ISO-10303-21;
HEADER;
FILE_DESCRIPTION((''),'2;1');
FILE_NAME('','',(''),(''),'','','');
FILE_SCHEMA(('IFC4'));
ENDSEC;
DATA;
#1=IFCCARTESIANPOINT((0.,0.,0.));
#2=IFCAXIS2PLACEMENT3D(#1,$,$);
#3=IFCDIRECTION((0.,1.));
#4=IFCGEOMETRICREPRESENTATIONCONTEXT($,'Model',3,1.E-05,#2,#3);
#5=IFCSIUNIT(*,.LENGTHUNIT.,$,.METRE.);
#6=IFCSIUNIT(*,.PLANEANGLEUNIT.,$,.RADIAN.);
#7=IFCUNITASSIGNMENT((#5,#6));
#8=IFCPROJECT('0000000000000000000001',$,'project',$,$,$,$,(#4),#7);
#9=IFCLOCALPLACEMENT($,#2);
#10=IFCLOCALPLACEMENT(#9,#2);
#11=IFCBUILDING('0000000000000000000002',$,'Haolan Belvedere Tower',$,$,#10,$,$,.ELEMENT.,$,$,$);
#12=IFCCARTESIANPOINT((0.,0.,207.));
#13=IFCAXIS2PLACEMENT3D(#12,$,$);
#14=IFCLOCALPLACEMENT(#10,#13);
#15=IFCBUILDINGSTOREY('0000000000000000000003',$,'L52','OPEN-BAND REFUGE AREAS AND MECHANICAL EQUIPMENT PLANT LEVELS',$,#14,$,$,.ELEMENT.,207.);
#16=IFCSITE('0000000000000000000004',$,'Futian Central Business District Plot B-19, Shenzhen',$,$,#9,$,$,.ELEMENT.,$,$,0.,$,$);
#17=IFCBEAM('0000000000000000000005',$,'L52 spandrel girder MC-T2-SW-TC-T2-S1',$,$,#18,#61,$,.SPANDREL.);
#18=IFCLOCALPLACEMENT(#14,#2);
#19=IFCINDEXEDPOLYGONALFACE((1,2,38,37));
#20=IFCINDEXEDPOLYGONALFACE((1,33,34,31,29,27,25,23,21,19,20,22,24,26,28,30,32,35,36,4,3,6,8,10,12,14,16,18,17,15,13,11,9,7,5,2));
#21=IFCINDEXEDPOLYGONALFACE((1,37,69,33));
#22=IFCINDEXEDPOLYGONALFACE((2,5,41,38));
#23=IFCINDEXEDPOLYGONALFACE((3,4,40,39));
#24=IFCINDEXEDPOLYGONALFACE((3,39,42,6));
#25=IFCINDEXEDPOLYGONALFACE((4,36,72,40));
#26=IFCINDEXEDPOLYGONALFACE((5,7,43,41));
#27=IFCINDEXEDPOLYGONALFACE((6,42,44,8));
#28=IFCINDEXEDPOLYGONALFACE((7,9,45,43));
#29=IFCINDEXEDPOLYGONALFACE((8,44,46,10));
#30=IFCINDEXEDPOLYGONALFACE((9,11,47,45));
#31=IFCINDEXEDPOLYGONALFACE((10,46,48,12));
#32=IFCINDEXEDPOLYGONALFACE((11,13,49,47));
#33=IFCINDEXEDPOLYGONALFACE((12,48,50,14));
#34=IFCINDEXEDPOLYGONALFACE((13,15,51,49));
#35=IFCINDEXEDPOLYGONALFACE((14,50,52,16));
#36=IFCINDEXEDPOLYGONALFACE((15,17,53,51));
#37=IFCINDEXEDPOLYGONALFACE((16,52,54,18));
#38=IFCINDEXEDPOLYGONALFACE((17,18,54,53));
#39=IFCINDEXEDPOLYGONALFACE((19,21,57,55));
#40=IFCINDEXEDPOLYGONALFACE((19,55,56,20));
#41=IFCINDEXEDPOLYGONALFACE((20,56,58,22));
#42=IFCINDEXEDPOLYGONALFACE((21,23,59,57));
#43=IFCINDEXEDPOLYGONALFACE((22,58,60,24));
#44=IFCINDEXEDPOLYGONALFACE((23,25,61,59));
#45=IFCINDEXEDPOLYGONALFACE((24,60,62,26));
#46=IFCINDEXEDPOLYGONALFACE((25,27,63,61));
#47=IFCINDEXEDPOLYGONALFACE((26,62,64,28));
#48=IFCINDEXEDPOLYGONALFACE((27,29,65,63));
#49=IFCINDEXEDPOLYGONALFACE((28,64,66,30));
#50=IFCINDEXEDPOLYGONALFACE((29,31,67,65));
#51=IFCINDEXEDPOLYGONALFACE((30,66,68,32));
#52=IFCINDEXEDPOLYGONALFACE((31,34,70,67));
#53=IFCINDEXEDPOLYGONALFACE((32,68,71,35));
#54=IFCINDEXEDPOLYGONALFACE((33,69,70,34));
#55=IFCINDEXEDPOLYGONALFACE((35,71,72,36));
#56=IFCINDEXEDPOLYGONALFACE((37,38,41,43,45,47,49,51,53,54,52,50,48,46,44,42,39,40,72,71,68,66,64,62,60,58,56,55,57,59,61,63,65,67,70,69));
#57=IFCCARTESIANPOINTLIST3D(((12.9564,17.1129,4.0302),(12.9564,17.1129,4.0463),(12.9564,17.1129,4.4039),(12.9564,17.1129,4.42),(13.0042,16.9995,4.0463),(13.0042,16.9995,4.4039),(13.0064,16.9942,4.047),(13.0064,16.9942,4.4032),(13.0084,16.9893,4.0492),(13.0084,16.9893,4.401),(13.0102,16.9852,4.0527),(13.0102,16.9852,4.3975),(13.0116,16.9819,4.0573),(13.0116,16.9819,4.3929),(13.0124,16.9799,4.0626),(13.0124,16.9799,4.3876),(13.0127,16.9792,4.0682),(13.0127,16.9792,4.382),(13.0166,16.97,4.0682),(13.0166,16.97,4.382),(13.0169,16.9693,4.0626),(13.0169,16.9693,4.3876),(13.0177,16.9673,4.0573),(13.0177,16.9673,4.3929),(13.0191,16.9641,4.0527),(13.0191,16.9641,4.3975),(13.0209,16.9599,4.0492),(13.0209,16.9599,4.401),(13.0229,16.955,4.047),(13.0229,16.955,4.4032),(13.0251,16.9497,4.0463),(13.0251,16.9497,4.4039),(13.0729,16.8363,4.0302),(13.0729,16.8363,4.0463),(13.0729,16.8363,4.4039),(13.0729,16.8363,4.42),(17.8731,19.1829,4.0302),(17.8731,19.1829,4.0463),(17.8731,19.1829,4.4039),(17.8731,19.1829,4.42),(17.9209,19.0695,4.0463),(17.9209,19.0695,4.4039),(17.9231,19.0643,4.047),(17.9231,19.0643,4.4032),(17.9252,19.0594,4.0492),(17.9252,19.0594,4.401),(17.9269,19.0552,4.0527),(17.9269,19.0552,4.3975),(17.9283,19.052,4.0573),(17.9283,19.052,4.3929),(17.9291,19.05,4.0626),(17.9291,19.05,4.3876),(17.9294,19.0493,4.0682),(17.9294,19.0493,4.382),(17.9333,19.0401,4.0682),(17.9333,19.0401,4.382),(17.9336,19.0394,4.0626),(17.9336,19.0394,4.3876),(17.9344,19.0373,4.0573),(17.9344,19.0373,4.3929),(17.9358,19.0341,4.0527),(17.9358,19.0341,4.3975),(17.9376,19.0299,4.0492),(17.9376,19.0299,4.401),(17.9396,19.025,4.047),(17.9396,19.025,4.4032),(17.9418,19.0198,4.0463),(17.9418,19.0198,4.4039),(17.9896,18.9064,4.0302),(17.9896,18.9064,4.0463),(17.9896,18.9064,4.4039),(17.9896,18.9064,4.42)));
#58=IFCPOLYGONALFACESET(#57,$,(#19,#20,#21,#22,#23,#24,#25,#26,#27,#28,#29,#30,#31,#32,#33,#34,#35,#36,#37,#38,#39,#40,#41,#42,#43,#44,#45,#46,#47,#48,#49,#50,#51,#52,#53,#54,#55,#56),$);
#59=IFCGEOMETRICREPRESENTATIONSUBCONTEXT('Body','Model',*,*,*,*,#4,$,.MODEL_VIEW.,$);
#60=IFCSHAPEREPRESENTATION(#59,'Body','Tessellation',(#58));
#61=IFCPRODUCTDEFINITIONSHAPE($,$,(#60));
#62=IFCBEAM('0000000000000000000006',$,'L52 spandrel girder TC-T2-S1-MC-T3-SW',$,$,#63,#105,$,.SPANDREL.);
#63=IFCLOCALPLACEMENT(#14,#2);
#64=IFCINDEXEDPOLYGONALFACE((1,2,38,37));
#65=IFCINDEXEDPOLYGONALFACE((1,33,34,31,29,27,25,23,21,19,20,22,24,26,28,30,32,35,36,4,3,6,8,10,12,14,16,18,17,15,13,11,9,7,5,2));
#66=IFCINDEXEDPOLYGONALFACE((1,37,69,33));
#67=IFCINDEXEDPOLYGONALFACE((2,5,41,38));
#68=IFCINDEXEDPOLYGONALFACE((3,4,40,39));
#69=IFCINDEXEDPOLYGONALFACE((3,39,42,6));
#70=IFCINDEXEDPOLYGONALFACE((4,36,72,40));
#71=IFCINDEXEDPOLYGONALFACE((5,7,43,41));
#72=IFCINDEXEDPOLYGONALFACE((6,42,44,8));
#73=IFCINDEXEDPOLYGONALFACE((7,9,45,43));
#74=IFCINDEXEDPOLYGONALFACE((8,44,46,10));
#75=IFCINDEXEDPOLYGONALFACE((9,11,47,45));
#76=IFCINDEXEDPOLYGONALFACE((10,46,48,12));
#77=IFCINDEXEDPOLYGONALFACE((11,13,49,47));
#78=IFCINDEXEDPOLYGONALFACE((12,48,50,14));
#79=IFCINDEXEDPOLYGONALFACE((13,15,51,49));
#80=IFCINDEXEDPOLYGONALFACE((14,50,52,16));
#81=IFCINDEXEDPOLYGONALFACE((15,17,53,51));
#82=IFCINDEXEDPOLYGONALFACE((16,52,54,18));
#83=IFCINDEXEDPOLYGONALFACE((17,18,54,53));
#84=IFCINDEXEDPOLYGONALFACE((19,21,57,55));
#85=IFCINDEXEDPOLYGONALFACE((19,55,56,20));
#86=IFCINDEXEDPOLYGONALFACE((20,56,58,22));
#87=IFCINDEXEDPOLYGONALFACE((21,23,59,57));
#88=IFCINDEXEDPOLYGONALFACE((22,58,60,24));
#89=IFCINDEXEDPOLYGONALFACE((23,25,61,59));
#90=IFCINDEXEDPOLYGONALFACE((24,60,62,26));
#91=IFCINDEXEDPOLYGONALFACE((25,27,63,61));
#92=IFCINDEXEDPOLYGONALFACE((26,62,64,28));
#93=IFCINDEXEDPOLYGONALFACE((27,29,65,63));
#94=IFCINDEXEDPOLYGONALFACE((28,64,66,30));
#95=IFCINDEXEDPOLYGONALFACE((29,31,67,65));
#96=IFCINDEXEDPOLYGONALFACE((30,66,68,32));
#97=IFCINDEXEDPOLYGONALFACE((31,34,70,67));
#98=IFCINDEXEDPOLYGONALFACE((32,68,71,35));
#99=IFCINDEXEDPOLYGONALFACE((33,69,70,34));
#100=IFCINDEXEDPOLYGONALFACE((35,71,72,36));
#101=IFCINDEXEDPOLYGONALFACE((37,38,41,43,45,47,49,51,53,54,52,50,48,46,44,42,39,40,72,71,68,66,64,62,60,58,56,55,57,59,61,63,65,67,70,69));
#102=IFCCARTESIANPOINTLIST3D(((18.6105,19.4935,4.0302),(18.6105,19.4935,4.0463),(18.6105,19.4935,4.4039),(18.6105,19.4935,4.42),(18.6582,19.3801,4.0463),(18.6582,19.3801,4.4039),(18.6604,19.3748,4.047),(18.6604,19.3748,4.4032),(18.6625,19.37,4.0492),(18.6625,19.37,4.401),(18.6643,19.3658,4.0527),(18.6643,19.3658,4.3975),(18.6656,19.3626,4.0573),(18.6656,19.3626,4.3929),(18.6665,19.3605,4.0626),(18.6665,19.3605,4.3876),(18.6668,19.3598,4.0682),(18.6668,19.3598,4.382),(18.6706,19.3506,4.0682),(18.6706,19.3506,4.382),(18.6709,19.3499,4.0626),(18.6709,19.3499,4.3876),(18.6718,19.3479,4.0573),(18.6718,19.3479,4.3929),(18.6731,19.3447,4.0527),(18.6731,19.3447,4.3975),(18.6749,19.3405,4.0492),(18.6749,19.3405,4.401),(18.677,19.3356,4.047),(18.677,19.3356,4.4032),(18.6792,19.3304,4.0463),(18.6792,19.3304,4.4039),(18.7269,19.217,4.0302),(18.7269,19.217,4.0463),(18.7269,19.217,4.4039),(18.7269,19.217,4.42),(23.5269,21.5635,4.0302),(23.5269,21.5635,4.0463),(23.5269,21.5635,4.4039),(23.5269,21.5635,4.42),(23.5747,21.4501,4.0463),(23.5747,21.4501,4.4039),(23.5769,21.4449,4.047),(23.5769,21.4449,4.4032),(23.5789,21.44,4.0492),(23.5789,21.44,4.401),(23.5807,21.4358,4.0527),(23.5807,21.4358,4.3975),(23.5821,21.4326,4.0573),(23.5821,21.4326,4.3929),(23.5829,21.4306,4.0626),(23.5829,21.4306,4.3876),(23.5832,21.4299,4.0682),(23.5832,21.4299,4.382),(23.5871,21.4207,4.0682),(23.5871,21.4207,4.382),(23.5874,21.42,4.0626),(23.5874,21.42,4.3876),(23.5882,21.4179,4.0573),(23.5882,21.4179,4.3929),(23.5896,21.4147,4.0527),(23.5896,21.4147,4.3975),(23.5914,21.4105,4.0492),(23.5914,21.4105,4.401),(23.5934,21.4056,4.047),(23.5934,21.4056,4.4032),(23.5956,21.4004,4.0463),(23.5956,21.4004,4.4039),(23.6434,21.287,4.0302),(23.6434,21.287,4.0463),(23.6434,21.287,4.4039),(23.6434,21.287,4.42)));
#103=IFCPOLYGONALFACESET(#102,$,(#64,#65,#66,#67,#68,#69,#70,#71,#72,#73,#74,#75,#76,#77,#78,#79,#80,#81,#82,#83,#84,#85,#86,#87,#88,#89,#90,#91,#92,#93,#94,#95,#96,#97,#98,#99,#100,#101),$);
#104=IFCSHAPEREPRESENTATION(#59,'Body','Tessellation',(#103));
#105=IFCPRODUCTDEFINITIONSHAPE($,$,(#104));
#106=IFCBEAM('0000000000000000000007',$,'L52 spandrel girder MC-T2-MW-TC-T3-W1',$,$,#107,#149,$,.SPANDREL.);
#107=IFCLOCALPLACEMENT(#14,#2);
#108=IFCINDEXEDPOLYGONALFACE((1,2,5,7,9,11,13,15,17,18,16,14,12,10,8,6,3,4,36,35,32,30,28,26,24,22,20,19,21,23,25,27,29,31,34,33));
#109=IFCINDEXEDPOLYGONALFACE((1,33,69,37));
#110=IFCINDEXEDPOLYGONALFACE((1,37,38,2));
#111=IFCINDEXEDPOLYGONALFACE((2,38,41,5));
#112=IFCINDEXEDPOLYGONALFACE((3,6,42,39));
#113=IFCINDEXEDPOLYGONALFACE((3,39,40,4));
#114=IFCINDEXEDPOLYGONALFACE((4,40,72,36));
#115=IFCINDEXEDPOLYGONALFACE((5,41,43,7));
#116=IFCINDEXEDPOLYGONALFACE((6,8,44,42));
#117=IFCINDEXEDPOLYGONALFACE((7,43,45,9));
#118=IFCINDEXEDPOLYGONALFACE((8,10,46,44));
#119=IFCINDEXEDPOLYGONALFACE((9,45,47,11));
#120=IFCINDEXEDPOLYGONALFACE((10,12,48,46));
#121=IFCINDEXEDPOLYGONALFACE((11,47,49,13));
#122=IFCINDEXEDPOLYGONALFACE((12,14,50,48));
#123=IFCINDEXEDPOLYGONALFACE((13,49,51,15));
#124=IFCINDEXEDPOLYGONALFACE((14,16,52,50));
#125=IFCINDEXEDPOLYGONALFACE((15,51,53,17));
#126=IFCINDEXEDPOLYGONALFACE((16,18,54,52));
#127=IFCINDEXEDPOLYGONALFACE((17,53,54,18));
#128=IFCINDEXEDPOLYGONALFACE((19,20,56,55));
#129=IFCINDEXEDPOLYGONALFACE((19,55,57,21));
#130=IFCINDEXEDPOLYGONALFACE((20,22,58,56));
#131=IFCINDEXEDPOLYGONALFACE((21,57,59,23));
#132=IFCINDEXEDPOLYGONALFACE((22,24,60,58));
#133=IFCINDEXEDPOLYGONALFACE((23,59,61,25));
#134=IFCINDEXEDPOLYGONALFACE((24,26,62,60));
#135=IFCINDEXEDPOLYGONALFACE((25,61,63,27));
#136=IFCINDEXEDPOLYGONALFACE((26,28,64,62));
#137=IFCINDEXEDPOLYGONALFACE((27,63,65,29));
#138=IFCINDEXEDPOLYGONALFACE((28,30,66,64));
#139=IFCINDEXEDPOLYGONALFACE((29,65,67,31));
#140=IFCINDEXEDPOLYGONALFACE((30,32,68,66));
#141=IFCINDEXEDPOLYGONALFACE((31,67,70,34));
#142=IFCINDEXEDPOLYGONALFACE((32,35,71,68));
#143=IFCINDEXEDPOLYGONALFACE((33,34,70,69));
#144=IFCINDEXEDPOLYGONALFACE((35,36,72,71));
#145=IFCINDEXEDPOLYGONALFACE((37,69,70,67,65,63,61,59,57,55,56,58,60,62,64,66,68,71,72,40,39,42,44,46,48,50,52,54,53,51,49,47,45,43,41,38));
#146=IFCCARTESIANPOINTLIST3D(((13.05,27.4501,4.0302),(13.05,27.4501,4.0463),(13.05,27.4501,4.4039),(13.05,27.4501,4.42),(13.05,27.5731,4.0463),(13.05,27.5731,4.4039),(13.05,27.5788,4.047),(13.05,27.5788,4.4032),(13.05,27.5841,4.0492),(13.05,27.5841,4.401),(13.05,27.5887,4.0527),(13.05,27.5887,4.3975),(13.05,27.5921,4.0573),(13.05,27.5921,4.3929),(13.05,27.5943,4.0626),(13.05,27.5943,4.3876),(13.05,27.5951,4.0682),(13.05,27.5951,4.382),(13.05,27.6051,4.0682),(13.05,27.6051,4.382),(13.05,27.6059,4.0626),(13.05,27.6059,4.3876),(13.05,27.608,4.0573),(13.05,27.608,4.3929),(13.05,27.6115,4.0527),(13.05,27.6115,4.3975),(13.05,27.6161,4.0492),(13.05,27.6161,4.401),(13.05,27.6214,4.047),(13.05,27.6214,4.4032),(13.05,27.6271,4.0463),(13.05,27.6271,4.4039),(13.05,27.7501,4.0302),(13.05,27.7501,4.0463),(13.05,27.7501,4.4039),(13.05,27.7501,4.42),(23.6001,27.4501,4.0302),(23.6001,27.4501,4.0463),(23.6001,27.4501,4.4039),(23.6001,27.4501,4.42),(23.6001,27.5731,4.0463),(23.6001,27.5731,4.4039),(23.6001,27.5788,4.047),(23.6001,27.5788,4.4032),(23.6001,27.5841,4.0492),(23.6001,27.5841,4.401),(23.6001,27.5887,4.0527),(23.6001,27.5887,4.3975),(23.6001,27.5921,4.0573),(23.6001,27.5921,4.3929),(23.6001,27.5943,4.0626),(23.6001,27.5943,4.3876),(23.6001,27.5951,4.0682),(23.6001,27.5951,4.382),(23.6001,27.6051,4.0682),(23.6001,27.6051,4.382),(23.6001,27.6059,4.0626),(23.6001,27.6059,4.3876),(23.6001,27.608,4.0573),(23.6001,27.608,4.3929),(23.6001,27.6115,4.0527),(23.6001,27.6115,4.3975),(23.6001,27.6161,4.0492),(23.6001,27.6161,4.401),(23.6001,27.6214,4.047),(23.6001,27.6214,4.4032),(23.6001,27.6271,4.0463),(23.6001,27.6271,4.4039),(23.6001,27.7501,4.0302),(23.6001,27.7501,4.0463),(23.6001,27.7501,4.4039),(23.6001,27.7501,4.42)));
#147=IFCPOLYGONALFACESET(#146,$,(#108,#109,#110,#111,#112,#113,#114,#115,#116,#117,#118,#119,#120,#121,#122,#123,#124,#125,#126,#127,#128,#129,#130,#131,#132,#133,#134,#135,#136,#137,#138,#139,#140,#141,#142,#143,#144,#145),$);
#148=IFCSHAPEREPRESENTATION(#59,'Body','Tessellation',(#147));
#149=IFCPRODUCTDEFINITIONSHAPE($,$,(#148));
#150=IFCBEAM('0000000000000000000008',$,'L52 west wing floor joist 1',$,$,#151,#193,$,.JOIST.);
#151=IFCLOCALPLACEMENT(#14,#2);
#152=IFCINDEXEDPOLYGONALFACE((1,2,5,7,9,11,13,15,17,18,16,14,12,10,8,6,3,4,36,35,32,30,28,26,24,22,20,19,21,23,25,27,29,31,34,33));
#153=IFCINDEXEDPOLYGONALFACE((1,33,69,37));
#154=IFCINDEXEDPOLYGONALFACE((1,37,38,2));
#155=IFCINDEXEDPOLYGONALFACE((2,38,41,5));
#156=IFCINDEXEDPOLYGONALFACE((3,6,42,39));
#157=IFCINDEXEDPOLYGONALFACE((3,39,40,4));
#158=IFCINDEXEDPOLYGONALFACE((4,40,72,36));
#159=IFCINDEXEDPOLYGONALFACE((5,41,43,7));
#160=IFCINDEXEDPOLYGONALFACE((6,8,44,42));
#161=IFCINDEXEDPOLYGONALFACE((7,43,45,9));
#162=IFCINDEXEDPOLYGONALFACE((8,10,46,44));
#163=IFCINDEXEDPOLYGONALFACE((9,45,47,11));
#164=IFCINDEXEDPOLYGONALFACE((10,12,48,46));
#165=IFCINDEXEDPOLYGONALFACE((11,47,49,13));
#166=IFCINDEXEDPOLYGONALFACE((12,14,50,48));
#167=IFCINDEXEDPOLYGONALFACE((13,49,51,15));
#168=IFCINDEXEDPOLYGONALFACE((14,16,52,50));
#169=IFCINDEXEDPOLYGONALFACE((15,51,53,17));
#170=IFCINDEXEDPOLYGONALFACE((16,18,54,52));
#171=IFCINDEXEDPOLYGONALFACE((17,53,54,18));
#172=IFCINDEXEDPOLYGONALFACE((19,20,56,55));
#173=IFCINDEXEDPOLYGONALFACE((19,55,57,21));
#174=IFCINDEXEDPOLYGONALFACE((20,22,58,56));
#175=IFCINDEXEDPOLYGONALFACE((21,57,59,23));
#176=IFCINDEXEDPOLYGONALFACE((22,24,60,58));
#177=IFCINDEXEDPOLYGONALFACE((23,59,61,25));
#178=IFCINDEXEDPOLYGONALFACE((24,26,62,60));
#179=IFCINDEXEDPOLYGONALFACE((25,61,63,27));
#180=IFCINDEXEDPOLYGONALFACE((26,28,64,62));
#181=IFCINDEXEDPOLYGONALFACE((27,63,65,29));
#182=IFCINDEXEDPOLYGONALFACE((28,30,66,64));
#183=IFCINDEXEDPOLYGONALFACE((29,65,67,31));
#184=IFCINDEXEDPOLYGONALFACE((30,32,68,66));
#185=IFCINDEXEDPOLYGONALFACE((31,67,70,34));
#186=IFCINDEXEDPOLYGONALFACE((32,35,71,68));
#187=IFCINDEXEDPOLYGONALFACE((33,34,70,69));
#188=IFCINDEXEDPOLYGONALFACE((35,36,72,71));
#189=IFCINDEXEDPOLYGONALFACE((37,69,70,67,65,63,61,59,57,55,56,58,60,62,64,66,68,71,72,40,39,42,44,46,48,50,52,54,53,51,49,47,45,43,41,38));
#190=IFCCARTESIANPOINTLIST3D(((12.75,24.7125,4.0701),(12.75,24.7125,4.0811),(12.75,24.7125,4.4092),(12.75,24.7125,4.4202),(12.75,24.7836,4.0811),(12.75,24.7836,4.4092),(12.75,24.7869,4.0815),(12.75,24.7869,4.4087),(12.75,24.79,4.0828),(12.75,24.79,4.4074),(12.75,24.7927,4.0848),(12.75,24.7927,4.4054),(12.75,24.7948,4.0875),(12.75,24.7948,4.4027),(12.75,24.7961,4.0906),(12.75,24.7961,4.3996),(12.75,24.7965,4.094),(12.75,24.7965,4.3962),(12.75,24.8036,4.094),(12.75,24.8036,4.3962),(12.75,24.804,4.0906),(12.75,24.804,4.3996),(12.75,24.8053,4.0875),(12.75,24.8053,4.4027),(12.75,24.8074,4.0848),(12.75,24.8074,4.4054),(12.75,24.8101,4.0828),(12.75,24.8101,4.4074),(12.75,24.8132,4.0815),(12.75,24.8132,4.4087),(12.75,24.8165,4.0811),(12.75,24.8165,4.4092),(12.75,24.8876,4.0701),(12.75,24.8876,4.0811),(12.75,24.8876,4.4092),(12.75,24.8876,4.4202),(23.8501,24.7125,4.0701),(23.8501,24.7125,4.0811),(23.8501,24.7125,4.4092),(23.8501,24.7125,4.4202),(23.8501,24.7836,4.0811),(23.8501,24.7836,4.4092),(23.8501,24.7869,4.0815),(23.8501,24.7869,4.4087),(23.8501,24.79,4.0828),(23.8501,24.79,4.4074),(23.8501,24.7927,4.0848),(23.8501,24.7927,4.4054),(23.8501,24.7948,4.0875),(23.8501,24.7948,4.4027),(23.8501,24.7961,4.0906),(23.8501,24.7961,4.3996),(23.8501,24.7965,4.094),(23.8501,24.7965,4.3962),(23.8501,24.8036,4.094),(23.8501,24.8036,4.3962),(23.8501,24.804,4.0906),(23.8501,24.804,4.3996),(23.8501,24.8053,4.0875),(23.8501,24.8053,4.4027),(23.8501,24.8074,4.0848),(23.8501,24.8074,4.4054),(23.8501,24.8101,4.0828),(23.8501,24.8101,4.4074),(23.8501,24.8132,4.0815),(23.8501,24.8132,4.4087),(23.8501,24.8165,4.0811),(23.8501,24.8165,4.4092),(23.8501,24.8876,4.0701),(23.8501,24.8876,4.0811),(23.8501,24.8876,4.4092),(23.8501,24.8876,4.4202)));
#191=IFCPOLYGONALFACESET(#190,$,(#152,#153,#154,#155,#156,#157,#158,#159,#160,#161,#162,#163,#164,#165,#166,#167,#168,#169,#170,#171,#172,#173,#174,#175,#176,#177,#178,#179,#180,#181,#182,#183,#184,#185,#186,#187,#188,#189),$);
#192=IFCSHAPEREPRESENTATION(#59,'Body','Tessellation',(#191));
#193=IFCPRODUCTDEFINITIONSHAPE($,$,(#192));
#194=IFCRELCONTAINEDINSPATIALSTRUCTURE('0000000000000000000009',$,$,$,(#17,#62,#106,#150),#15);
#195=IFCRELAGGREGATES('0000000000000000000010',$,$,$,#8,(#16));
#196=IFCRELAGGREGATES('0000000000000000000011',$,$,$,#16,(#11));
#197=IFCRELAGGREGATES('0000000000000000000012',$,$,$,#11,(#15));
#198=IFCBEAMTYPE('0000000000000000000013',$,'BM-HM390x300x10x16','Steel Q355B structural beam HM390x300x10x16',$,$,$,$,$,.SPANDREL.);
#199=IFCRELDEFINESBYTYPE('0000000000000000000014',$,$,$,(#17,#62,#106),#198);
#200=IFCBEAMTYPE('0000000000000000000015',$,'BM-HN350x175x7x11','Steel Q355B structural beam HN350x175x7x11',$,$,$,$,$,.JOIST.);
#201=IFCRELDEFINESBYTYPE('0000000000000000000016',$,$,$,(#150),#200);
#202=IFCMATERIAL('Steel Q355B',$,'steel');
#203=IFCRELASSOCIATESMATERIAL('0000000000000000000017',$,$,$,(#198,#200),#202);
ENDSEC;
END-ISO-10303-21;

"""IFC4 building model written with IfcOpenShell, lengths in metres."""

from ifc_helpers import new_model, si_unit, direction, frame, origin, origin_2d, place, context, subcontext, project, spatial, i_section, extrude, material, material_profile, profile_set, type_object, element, save


model = new_model("IFC4")

# Units and contexts
model_context = context("Model", 3, precision=1e-05, world=origin(), true_north=direction((0.0, 1.0)))
body_context = subcontext(model_context, "Body", "Model", "MODEL_VIEW")
ifc_project = project(units=[si_unit("LENGTHUNIT", "METRE"), si_unit("PLANEANGLEUNIT", "RADIAN")], contexts=[model_context])

# Site, building, storey
site_placement = place(None, origin())
site = spatial("IfcSite", under=ifc_project, at=site_placement, Name="Futian Central Business District Plot B-19, Shenzhen", CompositionType="ELEMENT", RefElevation=0.0)
building_placement = place(site_placement, origin())
building = spatial("IfcBuilding", under=site, at=building_placement, Name="Haolan Belvedere Tower", CompositionType="ELEMENT")
storey_placement = place(building_placement, frame((0.0, 0.0, 207.0)))
storey = spatial("IfcBuildingStorey", under=building, at=storey_placement, Name="L52", Description="OPEN-BAND REFUGE AREAS AND MECHANICAL EQUIPMENT PLANT LEVELS", CompositionType="ELEMENT", Elevation=207.0)

# Beams
ifc_material_1 = material(Name="Steel Q355B", Category="steel")
ifc_material_profile_1 = material_profile(ifc_material_1, i_section(OverallWidth=0.3, OverallDepth=0.3899, WebThickness=0.01, FlangeThickness=0.0161, FilletRadius=0.022, at=origin_2d()), Name="Steel Q355B")
ifc_profile_set_1 = profile_set([ifc_material_profile_1], Name="Steel Q355B")
beam_type_1 = type_object("IfcBeamType", Name="BM-HM390x300x10x16", Description="Steel Q355B structural beam HM390x300x10x16", PredefinedType="SPANDREL", material=ifc_profile_set_1)
beam_1_placement = place(storey_placement, frame((13.0146, 16.9746, 4.2251), z_axis=(0.921645, 0.388034, 0.0), x_axis=(-0.388034, 0.921645, 0.0)))
element("IfcBeam", 1, at=beam_1_placement, inside=storey, type_object=beam_type_1, Name="L52 spandrel girder MC-T2-SW-TC-T2-S1", PredefinedType="SPANDREL", context=body_context, shape_type="SweptSolid", body=[
    extrude(i_section(OverallWidth=0.3, OverallDepth=0.3899, WebThickness=0.01, FlangeThickness=0.0161, FilletRadius=0.022, at=origin_2d()), origin(), (0.0, 0.0, 1.0), 5.3347),
])
beam_2_placement = place(storey_placement, frame((18.6687, 19.3552, 4.2251), z_axis=(0.921638, 0.388051, 0.0), x_axis=(-0.388051, 0.921638, 0.0)))
element("IfcBeam", 2, at=beam_2_placement, inside=storey, type_object=beam_type_1, Name="L52 spandrel girder TC-T2-S1-MC-T3-SW", PredefinedType="SPANDREL", context=body_context, shape_type="SweptSolid", body=[
    extrude(i_section(OverallWidth=0.3, OverallDepth=0.3899, WebThickness=0.01, FlangeThickness=0.0161, FilletRadius=0.022, at=origin_2d()), origin(), (0.0, 0.0, 1.0), 5.3345),
])
beam_3_placement = place(storey_placement, frame((13.05, 27.6001, 4.2251), z_axis=(1.0, 0.0, 0.0), x_axis=(0.0, 1.0, 0.0)))
element("IfcBeam", 3, at=beam_3_placement, inside=storey, type_object=beam_type_1, Name="L52 spandrel girder MC-T2-MW-TC-T3-W1", PredefinedType="SPANDREL", context=body_context, shape_type="SweptSolid", body=[
    extrude(i_section(OverallWidth=0.3, OverallDepth=0.3899, WebThickness=0.01, FlangeThickness=0.0161, FilletRadius=0.022, at=origin_2d()), origin(), (0.0, 0.0, 1.0), 10.55),
])
ifc_material_profile_2 = material_profile(ifc_material_1, i_section(OverallWidth=0.175, OverallDepth=0.3501, WebThickness=0.0071, FlangeThickness=0.011, FilletRadius=0.0129, at=origin_2d()), Name="Steel Q355B")
ifc_profile_set_2 = profile_set([ifc_material_profile_2], Name="Steel Q355B")
beam_type_2 = type_object("IfcBeamType", Name="BM-HN350x175x7x11", Description="Steel Q355B structural beam HN350x175x7x11", PredefinedType="JOIST", material=ifc_profile_set_2)
beam_4_placement = place(storey_placement, frame((12.75, 24.8, 4.2451), z_axis=(1.0, 0.0, 0.0), x_axis=(0.0, 1.0, 0.0)))
element("IfcBeam", 4, at=beam_4_placement, inside=storey, type_object=beam_type_2, Name="L52 west wing floor joist 1", PredefinedType="JOIST", context=body_context, shape_type="SweptSolid", body=[
    extrude(i_section(OverallWidth=0.175, OverallDepth=0.3501, WebThickness=0.0071, FlangeThickness=0.011, FilletRadius=0.0129, at=origin_2d()), origin(), (0.0, 0.0, 1.0), 11.1001),
])

save(model, "model.ifc")
